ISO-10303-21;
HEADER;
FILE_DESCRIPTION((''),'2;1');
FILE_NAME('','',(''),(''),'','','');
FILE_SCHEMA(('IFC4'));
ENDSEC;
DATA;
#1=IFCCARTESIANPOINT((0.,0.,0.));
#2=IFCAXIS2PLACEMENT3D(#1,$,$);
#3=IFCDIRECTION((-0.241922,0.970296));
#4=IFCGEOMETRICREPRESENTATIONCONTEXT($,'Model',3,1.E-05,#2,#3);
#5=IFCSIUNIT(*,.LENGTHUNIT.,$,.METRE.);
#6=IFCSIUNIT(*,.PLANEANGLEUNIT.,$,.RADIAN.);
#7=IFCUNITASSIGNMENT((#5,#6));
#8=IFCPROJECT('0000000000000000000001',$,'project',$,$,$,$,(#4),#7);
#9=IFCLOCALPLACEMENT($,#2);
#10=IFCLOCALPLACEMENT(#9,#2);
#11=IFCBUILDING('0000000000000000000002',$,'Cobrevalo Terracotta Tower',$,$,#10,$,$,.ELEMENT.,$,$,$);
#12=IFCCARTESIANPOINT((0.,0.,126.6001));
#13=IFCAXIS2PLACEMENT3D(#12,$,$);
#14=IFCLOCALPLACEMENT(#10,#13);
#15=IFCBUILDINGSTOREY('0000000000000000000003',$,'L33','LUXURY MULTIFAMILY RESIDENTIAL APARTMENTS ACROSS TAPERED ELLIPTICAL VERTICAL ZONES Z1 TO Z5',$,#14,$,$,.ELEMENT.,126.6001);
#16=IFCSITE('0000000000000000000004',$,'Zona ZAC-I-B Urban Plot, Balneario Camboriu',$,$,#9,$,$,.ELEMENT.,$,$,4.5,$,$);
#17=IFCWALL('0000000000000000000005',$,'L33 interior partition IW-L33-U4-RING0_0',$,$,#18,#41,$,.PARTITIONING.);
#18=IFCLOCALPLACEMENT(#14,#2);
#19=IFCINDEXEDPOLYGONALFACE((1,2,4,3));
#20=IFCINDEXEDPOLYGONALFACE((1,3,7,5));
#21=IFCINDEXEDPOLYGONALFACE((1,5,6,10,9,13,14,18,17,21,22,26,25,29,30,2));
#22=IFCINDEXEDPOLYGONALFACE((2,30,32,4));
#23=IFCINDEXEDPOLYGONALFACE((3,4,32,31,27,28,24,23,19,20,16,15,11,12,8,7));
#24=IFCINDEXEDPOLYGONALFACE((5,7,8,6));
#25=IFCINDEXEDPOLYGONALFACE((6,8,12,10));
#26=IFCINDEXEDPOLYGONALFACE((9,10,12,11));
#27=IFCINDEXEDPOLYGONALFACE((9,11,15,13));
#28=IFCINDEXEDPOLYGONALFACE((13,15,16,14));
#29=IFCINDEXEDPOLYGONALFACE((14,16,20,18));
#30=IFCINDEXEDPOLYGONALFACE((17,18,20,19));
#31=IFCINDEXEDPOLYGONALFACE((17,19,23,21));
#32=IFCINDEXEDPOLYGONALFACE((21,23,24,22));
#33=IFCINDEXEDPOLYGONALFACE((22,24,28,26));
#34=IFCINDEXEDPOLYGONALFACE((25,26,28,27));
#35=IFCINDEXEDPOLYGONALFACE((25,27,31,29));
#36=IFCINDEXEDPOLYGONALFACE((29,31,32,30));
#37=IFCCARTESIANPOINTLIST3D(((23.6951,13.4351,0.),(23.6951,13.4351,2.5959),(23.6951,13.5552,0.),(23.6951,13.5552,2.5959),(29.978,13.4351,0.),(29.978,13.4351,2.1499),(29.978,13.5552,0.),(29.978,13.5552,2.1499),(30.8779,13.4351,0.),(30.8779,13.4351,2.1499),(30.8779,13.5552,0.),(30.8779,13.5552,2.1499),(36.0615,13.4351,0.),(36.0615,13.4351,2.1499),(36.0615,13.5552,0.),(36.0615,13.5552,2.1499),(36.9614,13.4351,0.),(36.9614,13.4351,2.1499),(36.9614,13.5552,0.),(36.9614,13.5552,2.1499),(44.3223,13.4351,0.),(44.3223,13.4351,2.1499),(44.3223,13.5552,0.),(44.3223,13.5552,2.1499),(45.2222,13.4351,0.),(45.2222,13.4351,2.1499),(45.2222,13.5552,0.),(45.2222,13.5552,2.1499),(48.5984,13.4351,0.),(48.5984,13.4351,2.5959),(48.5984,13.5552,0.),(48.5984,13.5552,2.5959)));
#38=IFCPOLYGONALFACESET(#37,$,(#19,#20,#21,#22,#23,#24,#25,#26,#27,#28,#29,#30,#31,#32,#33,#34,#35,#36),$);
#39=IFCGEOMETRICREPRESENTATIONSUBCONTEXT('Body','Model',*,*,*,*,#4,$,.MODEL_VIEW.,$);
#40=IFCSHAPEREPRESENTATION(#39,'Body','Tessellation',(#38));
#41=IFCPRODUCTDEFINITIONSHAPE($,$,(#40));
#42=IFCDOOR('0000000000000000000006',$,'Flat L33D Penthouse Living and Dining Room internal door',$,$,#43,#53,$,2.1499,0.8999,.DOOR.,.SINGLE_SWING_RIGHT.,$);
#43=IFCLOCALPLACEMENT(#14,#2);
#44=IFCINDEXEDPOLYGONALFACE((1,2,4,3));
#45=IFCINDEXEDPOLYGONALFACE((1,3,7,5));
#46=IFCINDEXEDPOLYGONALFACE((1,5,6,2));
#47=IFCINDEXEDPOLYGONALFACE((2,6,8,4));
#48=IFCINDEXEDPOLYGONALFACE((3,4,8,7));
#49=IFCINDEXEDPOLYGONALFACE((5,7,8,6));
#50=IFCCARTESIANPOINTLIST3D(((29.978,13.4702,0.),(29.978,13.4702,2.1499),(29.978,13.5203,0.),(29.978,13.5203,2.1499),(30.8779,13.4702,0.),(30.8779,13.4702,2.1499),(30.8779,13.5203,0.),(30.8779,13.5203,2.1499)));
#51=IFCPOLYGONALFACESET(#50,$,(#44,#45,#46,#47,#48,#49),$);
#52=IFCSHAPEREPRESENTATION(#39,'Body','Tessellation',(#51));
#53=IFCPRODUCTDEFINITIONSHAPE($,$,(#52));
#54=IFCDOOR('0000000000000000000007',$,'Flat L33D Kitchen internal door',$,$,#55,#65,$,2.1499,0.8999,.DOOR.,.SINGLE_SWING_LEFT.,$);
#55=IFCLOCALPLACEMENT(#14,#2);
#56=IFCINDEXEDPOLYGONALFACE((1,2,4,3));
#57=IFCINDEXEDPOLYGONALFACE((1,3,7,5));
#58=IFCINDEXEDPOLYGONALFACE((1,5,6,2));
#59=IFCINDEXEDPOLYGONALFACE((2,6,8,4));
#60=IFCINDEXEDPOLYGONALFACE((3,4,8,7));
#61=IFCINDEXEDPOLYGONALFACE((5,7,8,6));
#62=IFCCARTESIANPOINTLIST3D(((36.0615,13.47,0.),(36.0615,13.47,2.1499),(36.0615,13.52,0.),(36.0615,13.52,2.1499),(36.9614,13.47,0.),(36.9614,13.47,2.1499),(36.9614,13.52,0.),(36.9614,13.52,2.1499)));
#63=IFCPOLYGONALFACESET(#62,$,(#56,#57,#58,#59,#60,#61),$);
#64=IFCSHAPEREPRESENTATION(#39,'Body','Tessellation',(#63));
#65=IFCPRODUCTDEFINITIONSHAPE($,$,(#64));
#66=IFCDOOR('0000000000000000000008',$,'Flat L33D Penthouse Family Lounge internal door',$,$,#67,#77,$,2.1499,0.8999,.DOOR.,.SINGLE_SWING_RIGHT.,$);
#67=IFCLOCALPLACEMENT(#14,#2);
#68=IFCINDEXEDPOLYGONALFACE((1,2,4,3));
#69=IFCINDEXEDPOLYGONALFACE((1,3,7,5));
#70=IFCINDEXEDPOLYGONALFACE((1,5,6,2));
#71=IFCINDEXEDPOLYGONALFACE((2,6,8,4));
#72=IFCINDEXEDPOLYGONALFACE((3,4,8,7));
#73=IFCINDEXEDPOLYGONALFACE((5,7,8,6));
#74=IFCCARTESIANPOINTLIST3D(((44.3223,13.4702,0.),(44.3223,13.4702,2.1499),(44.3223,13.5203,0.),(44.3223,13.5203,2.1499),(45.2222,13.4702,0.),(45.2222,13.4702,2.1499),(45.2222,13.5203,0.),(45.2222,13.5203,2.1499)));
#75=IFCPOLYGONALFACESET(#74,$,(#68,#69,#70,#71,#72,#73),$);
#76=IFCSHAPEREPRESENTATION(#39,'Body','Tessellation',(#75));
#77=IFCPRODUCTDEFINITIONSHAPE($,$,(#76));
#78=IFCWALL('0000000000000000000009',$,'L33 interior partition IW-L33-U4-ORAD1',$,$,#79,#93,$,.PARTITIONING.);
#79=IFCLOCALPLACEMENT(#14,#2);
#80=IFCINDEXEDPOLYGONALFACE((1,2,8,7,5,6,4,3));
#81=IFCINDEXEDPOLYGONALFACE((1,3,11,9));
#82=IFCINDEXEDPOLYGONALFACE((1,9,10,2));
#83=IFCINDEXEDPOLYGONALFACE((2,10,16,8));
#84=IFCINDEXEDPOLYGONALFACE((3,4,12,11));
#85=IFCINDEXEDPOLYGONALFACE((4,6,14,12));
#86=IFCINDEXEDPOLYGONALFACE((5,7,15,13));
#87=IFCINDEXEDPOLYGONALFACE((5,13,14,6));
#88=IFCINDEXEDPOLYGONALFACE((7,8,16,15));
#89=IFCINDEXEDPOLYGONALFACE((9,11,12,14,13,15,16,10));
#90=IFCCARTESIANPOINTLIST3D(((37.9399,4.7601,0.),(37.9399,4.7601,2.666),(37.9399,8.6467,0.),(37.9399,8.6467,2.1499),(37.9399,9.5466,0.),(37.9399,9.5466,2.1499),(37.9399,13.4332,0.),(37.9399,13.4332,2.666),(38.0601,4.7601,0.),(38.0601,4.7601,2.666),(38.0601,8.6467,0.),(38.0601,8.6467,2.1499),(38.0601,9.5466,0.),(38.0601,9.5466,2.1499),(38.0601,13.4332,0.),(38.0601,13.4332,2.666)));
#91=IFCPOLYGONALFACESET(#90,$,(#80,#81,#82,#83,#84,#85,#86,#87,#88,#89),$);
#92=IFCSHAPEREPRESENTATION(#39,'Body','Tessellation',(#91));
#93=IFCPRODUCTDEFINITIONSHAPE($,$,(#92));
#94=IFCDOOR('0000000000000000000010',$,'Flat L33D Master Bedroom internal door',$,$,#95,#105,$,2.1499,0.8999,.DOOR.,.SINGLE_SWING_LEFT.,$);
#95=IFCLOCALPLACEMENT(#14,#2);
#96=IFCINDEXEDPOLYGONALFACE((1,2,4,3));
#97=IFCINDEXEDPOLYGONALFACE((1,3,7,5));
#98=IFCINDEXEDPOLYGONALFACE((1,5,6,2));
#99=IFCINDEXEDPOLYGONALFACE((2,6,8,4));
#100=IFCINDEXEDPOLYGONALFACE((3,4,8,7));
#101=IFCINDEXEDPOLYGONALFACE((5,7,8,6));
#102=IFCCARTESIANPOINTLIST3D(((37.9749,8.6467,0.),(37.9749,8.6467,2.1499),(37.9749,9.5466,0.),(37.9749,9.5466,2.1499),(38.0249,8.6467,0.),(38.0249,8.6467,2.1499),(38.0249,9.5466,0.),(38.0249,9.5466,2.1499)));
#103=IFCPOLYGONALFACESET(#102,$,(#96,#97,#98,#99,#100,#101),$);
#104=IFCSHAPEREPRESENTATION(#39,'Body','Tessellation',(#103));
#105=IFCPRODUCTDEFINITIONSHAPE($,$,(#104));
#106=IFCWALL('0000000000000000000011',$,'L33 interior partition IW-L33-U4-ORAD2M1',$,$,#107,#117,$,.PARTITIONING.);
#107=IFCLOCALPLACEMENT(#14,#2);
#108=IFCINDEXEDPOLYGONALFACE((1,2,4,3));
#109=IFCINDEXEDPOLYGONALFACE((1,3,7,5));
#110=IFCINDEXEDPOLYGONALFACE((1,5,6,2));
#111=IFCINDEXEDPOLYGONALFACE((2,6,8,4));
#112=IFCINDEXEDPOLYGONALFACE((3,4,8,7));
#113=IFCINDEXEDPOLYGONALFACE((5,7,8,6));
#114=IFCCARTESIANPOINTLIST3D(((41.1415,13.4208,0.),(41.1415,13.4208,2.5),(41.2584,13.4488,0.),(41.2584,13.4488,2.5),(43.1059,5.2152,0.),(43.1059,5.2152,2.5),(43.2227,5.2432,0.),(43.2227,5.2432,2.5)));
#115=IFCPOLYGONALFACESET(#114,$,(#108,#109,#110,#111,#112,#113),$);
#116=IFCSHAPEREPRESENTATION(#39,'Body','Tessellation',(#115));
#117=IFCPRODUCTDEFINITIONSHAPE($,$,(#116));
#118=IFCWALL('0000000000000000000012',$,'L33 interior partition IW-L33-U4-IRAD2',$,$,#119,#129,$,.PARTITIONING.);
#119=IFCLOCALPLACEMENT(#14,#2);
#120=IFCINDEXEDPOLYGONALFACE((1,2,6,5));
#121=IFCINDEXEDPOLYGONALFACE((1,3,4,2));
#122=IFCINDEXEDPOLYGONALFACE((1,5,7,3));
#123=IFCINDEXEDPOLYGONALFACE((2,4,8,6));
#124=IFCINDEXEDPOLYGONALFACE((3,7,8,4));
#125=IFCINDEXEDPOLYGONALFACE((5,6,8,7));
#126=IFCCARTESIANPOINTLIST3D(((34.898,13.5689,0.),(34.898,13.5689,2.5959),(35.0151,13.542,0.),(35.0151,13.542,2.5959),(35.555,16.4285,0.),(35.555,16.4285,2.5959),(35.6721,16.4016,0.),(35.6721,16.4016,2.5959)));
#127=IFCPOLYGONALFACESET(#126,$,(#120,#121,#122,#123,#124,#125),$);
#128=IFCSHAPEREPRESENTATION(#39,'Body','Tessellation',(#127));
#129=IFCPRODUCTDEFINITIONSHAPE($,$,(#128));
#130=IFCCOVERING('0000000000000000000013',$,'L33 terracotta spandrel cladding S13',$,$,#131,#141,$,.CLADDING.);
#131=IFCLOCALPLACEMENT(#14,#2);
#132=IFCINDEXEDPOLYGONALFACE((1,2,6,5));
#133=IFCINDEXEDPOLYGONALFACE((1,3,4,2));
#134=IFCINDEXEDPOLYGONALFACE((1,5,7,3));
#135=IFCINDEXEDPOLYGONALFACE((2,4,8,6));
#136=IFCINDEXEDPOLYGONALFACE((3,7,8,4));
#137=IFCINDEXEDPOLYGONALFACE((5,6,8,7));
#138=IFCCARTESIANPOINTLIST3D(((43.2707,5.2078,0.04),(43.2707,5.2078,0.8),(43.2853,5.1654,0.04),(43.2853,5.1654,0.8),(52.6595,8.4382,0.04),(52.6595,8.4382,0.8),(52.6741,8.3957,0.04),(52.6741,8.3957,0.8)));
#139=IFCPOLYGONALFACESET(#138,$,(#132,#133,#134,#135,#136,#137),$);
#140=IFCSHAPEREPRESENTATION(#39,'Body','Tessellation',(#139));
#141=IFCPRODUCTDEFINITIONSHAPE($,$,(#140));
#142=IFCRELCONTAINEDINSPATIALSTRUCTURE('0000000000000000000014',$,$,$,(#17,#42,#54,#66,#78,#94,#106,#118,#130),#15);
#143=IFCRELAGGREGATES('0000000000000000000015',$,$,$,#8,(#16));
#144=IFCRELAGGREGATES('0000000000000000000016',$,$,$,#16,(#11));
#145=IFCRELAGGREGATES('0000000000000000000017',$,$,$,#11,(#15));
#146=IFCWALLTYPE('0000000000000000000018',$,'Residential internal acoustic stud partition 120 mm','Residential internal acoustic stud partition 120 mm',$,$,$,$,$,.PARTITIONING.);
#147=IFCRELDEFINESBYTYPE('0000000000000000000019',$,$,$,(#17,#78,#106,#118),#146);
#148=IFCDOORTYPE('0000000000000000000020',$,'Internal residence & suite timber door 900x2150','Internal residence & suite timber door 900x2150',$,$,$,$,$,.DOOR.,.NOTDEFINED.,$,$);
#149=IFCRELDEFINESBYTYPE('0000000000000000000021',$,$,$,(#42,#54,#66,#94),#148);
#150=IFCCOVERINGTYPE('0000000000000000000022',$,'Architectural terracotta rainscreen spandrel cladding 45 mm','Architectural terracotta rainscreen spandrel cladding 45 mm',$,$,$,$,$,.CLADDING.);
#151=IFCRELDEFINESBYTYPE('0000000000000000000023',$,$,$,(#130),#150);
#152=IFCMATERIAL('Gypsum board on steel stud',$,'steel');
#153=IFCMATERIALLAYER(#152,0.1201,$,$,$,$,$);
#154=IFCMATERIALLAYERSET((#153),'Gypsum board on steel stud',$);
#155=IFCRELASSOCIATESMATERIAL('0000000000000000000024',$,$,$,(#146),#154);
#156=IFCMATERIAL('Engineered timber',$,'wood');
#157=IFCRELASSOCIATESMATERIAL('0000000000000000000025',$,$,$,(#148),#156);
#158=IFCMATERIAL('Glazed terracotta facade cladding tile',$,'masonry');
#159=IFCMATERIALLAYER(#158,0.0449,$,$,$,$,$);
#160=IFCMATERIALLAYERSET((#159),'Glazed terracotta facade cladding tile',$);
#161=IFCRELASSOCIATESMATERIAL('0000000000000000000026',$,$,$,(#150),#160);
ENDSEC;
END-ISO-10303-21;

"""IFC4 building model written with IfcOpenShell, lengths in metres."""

from ifc_helpers import new_model, si_unit, direction, frame, frame_2d, origin, origin_2d, place, context, subcontext, project, spatial, rectangle, extrude, source, transform, mapped, material, layer, layer_set, type_object, element, fill, save


model = new_model("IFC4")

# Units and contexts
model_context = context("Model", 3, precision=1e-05, world=origin(), true_north=direction((-0.241922, 0.970296)))
body_context = subcontext(model_context, "Body", "Model", "MODEL_VIEW")
ifc_project = project(units=[si_unit("LENGTHUNIT", "METRE"), si_unit("PLANEANGLEUNIT", "RADIAN")], contexts=[model_context])

# Site, building, storey
site_placement = place(None, origin())
site = spatial("IfcSite", under=ifc_project, at=site_placement, Name="Zona ZAC-I-B Urban Plot, Balneario Camboriu", CompositionType="ELEMENT", RefElevation=4.5)
building_placement = place(site_placement, origin())
building = spatial("IfcBuilding", under=site, at=building_placement, Name="Cobrevalo Terracotta Tower", CompositionType="ELEMENT")
storey_placement = place(building_placement, frame((0.0, 0.0, 126.6001)))
storey = spatial("IfcBuildingStorey", under=building, at=storey_placement, Name="L33", Description="LUXURY MULTIFAMILY RESIDENTIAL APARTMENTS ACROSS TAPERED ELLIPTICAL VERTICAL ZONES Z1 TO Z5", CompositionType="ELEMENT", Elevation=126.6001)

# Wall, openings, doors
ifc_material_1 = material(Name="Gypsum board on steel stud", Category="steel")
ifc_layer_1 = layer(ifc_material_1, 0.1201)
ifc_layer_set_1 = layer_set([ifc_layer_1], Name="Gypsum board on steel stud")
wall_type_1 = type_object("IfcWallType", Name="Residential internal acoustic stud partition 120 mm", Description="Residential internal acoustic stud partition 120 mm", PredefinedType="PARTITIONING", material=ifc_layer_set_1)
wall_1_placement = place(storey_placement, frame((48.5984, 13.4951, 0.0), z_axis=(0.0, 0.0, 1.0), x_axis=(-1.0, 0.0, 0.0)))
wall_1 = element("IfcWall", 1, at=wall_1_placement, inside=storey, type_object=wall_type_1, Name="L33 interior partition IW-L33-U4-RING0_0", PredefinedType="PARTITIONING", context=body_context, shape_type="SweptSolid", body=[
    extrude(rectangle(XDim=24.9033, YDim=0.1201, at=frame_2d((12.4517, 0.0))), origin(), (0.0, 0.0, 1.0), 2.5959),
])
opening_1_placement = place(wall_1_placement, frame((17.7205, 0.0, 0.0)))
opening_1 = element("IfcOpeningElement", 2, at=opening_1_placement, cuts=wall_1, PredefinedType="OPENING", context=body_context, shape_type="SweptSolid", body=[
    extrude(rectangle(XDim=0.8999, YDim=2.1499, at=frame_2d((0.45, 1.075))), frame((0.0, 0.0701, 0.0), z_axis=(0.0, -1.0, 0.0), x_axis=(1.0, 0.0, 0.0)), (0.0, 0.0, 1.0), 0.1401),
])
opening_2_placement = place(wall_1_placement, frame((11.637, 0.0, 0.0)))
opening_2 = element("IfcOpeningElement", 3, at=opening_2_placement, cuts=wall_1, PredefinedType="OPENING", context=body_context, shape_type="SweptSolid", body=[
    extrude(rectangle(XDim=0.8999, YDim=2.1499, at=frame_2d((0.45, 1.075))), frame((0.0, 0.0701, 0.0), z_axis=(0.0, -1.0, 0.0), x_axis=(1.0, 0.0, 0.0)), (0.0, 0.0, 1.0), 0.1401),
])
opening_3_placement = place(wall_1_placement, frame((3.3762, 0.0, 0.0)))
opening_3 = element("IfcOpeningElement", 4, at=opening_3_placement, cuts=wall_1, PredefinedType="OPENING", context=body_context, shape_type="SweptSolid", body=[
    extrude(rectangle(XDim=0.8999, YDim=2.1499, at=frame_2d((0.45, 1.075))), frame((0.0, 0.0701, 0.0), z_axis=(0.0, -1.0, 0.0), x_axis=(1.0, 0.0, 0.0)), (0.0, 0.0, 1.0), 0.1401),
])
ifc_material_2 = material(Name="Engineered timber", Category="wood")
door_type = type_object("IfcDoorType", Name="Internal residence & suite timber door 900x2150", Description="Internal residence & suite timber door 900x2150", OperationType="NOTDEFINED", PredefinedType="DOOR", material=ifc_material_2)
shared_shape_1 = source(origin(), body_context, "Body", "SweptSolid", [
    extrude(rectangle(XDim=0.8999, YDim=2.1499, at=frame_2d((0.45, 1.075))), frame((0.0, 0.0249, 0.0), z_axis=(0.0, -1.0, 0.0), x_axis=(1.0, 0.0, 0.0)), (0.0, 0.0, 1.0), 0.05),
])
door_1_placement = place(opening_1_placement, origin())
door_1 = element("IfcDoor", 5, at=door_1_placement, inside=storey, type_object=door_type, Name="Flat L33D Penthouse Living and Dining Room internal door", OperationType="SINGLE_SWING_RIGHT", OverallHeight=2.1499, OverallWidth=0.8999, PredefinedType="DOOR", context=body_context, shape_type="MappedRepresentation", body=[
    mapped(shared_shape_1, transform((0.0, 0.0, 0.0), scale=1.0)),
])
fill(opening_1, door_1)
door_2_placement = place(opening_2_placement, frame((0.8999, 0.0, 0.0), z_axis=(0.0, 0.0, 1.0), x_axis=(-1.0, 0.0, 0.0)))
door_2 = element("IfcDoor", 6, at=door_2_placement, inside=storey, type_object=door_type, Name="Flat L33D Kitchen internal door", OperationType="SINGLE_SWING_LEFT", OverallHeight=2.1499, OverallWidth=0.8999, PredefinedType="DOOR", context=body_context, shape_type="MappedRepresentation", body=[
    mapped(shared_shape_1, transform((0.0, 0.0, 0.0), scale=1.0)),
])
fill(opening_2, door_2)
door_3_placement = place(opening_3_placement, origin())
door_3 = element("IfcDoor", 7, at=door_3_placement, inside=storey, type_object=door_type, Name="Flat L33D Penthouse Family Lounge internal door", OperationType="SINGLE_SWING_RIGHT", OverallHeight=2.1499, OverallWidth=0.8999, PredefinedType="DOOR", context=body_context, shape_type="MappedRepresentation", body=[
    mapped(shared_shape_1, transform((0.0, 0.0, 0.0), scale=1.0)),
])
fill(opening_3, door_3)

# Wall, opening, door
wall_2_placement = place(storey_placement, frame((38.0, 13.4331, 0.0), z_axis=(0.0, 0.0, 1.0), x_axis=(0.0, -1.0, 0.0)))
wall_2 = element("IfcWall", 8, at=wall_2_placement, inside=storey, type_object=wall_type_1, Name="L33 interior partition IW-L33-U4-ORAD1", PredefinedType="PARTITIONING", context=body_context, shape_type="SweptSolid", body=[
    extrude(rectangle(XDim=8.6731, YDim=0.1201, at=frame_2d((4.3364, 0.0))), origin(), (0.0, 0.0, 1.0), 2.666),
])
opening_4_placement = place(wall_2_placement, frame((3.8865, 0.0, 0.0)))
opening_4 = element("IfcOpeningElement", 9, at=opening_4_placement, cuts=wall_2, PredefinedType="OPENING", context=body_context, shape_type="SweptSolid", body=[
    extrude(rectangle(XDim=0.8999, YDim=2.1499, at=frame_2d((0.45, 1.075))), frame((0.0, 0.0701, 0.0), z_axis=(0.0, -1.0, 0.0), x_axis=(1.0, 0.0, 0.0)), (0.0, 0.0, 1.0), 0.1401),
])
door_4_placement = place(opening_4_placement, origin())
door_4 = element("IfcDoor", 10, at=door_4_placement, inside=storey, type_object=door_type, Name="Flat L33D Master Bedroom internal door", OperationType="SINGLE_SWING_LEFT", OverallHeight=2.1499, OverallWidth=0.8999, PredefinedType="DOOR", context=body_context, shape_type="MappedRepresentation", body=[
    mapped(shared_shape_1, transform((0.0, 0.0, 0.0), scale=1.0)),
])
fill(opening_4, door_4)

# Walls
wall_3_placement = place(storey_placement, frame((41.2, 13.4348, 0.0), z_axis=(0.0, 0.0, 1.0), x_axis=(0.232815, -0.972521, 0.0)))
element("IfcWall", 11, at=wall_3_placement, inside=storey, type_object=wall_type_1, Name="L33 interior partition IW-L33-U4-ORAD2M1", PredefinedType="PARTITIONING", context=body_context, shape_type="SweptSolid", body=[
    extrude(rectangle(XDim=8.4375, YDim=0.1201, at=frame_2d((4.2188, 0.0))), origin(), (0.0, 0.0, 1.0), 2.5),
])
wall_4_placement = place(storey_placement, frame((35.6135, 16.415, 0.0), z_axis=(0.0, 0.0, 1.0), x_axis=(-0.223911, -0.97461, 0.0)))
element("IfcWall", 12, at=wall_4_placement, inside=storey, type_object=wall_type_1, Name="L33 interior partition IW-L33-U4-IRAD2", PredefinedType="PARTITIONING", context=body_context, shape_type="SweptSolid", body=[
    extrude(rectangle(XDim=2.9341, YDim=0.1201, at=frame_2d((1.467, 0.0))), origin(), (0.0, 0.0, 1.0), 2.5959),
])

# Covering
ifc_material_3 = material(Name="Glazed terracotta facade cladding tile", Category="masonry")
ifc_layer_2 = layer(ifc_material_3, 0.0449)
ifc_layer_set_2 = layer_set([ifc_layer_2], Name="Glazed terracotta facade cladding tile")
covering_type = type_object("IfcCoveringType", Name="Architectural terracotta rainscreen spandrel cladding 45 mm", Description="Architectural terracotta rainscreen spandrel cladding 45 mm", PredefinedType="CLADDING", material=ifc_layer_set_2)
shared_shape_2 = source(origin(), body_context, "Body", "SweptSolid", [
    extrude(rectangle(XDim=9.929, YDim=0.0449, at=origin_2d()), origin(), (0.0, 0.0, 1.0), 0.76),
])
covering_placement = place(storey_placement, frame((47.9724, 6.8018, 0.04), z_axis=(0.0, 0.0, 1.0), x_axis=(0.945596, 0.325342, 0.0)))
element("IfcCovering", 13, at=covering_placement, inside=storey, type_object=covering_type, Name="L33 terracotta spandrel cladding S13", PredefinedType="CLADDING", context=body_context, shape_type="MappedRepresentation", body=[
    mapped(shared_shape_2, transform((0.0, 0.0, 0.0), scale=1.0)),
])

save(model, "model.ifc")
